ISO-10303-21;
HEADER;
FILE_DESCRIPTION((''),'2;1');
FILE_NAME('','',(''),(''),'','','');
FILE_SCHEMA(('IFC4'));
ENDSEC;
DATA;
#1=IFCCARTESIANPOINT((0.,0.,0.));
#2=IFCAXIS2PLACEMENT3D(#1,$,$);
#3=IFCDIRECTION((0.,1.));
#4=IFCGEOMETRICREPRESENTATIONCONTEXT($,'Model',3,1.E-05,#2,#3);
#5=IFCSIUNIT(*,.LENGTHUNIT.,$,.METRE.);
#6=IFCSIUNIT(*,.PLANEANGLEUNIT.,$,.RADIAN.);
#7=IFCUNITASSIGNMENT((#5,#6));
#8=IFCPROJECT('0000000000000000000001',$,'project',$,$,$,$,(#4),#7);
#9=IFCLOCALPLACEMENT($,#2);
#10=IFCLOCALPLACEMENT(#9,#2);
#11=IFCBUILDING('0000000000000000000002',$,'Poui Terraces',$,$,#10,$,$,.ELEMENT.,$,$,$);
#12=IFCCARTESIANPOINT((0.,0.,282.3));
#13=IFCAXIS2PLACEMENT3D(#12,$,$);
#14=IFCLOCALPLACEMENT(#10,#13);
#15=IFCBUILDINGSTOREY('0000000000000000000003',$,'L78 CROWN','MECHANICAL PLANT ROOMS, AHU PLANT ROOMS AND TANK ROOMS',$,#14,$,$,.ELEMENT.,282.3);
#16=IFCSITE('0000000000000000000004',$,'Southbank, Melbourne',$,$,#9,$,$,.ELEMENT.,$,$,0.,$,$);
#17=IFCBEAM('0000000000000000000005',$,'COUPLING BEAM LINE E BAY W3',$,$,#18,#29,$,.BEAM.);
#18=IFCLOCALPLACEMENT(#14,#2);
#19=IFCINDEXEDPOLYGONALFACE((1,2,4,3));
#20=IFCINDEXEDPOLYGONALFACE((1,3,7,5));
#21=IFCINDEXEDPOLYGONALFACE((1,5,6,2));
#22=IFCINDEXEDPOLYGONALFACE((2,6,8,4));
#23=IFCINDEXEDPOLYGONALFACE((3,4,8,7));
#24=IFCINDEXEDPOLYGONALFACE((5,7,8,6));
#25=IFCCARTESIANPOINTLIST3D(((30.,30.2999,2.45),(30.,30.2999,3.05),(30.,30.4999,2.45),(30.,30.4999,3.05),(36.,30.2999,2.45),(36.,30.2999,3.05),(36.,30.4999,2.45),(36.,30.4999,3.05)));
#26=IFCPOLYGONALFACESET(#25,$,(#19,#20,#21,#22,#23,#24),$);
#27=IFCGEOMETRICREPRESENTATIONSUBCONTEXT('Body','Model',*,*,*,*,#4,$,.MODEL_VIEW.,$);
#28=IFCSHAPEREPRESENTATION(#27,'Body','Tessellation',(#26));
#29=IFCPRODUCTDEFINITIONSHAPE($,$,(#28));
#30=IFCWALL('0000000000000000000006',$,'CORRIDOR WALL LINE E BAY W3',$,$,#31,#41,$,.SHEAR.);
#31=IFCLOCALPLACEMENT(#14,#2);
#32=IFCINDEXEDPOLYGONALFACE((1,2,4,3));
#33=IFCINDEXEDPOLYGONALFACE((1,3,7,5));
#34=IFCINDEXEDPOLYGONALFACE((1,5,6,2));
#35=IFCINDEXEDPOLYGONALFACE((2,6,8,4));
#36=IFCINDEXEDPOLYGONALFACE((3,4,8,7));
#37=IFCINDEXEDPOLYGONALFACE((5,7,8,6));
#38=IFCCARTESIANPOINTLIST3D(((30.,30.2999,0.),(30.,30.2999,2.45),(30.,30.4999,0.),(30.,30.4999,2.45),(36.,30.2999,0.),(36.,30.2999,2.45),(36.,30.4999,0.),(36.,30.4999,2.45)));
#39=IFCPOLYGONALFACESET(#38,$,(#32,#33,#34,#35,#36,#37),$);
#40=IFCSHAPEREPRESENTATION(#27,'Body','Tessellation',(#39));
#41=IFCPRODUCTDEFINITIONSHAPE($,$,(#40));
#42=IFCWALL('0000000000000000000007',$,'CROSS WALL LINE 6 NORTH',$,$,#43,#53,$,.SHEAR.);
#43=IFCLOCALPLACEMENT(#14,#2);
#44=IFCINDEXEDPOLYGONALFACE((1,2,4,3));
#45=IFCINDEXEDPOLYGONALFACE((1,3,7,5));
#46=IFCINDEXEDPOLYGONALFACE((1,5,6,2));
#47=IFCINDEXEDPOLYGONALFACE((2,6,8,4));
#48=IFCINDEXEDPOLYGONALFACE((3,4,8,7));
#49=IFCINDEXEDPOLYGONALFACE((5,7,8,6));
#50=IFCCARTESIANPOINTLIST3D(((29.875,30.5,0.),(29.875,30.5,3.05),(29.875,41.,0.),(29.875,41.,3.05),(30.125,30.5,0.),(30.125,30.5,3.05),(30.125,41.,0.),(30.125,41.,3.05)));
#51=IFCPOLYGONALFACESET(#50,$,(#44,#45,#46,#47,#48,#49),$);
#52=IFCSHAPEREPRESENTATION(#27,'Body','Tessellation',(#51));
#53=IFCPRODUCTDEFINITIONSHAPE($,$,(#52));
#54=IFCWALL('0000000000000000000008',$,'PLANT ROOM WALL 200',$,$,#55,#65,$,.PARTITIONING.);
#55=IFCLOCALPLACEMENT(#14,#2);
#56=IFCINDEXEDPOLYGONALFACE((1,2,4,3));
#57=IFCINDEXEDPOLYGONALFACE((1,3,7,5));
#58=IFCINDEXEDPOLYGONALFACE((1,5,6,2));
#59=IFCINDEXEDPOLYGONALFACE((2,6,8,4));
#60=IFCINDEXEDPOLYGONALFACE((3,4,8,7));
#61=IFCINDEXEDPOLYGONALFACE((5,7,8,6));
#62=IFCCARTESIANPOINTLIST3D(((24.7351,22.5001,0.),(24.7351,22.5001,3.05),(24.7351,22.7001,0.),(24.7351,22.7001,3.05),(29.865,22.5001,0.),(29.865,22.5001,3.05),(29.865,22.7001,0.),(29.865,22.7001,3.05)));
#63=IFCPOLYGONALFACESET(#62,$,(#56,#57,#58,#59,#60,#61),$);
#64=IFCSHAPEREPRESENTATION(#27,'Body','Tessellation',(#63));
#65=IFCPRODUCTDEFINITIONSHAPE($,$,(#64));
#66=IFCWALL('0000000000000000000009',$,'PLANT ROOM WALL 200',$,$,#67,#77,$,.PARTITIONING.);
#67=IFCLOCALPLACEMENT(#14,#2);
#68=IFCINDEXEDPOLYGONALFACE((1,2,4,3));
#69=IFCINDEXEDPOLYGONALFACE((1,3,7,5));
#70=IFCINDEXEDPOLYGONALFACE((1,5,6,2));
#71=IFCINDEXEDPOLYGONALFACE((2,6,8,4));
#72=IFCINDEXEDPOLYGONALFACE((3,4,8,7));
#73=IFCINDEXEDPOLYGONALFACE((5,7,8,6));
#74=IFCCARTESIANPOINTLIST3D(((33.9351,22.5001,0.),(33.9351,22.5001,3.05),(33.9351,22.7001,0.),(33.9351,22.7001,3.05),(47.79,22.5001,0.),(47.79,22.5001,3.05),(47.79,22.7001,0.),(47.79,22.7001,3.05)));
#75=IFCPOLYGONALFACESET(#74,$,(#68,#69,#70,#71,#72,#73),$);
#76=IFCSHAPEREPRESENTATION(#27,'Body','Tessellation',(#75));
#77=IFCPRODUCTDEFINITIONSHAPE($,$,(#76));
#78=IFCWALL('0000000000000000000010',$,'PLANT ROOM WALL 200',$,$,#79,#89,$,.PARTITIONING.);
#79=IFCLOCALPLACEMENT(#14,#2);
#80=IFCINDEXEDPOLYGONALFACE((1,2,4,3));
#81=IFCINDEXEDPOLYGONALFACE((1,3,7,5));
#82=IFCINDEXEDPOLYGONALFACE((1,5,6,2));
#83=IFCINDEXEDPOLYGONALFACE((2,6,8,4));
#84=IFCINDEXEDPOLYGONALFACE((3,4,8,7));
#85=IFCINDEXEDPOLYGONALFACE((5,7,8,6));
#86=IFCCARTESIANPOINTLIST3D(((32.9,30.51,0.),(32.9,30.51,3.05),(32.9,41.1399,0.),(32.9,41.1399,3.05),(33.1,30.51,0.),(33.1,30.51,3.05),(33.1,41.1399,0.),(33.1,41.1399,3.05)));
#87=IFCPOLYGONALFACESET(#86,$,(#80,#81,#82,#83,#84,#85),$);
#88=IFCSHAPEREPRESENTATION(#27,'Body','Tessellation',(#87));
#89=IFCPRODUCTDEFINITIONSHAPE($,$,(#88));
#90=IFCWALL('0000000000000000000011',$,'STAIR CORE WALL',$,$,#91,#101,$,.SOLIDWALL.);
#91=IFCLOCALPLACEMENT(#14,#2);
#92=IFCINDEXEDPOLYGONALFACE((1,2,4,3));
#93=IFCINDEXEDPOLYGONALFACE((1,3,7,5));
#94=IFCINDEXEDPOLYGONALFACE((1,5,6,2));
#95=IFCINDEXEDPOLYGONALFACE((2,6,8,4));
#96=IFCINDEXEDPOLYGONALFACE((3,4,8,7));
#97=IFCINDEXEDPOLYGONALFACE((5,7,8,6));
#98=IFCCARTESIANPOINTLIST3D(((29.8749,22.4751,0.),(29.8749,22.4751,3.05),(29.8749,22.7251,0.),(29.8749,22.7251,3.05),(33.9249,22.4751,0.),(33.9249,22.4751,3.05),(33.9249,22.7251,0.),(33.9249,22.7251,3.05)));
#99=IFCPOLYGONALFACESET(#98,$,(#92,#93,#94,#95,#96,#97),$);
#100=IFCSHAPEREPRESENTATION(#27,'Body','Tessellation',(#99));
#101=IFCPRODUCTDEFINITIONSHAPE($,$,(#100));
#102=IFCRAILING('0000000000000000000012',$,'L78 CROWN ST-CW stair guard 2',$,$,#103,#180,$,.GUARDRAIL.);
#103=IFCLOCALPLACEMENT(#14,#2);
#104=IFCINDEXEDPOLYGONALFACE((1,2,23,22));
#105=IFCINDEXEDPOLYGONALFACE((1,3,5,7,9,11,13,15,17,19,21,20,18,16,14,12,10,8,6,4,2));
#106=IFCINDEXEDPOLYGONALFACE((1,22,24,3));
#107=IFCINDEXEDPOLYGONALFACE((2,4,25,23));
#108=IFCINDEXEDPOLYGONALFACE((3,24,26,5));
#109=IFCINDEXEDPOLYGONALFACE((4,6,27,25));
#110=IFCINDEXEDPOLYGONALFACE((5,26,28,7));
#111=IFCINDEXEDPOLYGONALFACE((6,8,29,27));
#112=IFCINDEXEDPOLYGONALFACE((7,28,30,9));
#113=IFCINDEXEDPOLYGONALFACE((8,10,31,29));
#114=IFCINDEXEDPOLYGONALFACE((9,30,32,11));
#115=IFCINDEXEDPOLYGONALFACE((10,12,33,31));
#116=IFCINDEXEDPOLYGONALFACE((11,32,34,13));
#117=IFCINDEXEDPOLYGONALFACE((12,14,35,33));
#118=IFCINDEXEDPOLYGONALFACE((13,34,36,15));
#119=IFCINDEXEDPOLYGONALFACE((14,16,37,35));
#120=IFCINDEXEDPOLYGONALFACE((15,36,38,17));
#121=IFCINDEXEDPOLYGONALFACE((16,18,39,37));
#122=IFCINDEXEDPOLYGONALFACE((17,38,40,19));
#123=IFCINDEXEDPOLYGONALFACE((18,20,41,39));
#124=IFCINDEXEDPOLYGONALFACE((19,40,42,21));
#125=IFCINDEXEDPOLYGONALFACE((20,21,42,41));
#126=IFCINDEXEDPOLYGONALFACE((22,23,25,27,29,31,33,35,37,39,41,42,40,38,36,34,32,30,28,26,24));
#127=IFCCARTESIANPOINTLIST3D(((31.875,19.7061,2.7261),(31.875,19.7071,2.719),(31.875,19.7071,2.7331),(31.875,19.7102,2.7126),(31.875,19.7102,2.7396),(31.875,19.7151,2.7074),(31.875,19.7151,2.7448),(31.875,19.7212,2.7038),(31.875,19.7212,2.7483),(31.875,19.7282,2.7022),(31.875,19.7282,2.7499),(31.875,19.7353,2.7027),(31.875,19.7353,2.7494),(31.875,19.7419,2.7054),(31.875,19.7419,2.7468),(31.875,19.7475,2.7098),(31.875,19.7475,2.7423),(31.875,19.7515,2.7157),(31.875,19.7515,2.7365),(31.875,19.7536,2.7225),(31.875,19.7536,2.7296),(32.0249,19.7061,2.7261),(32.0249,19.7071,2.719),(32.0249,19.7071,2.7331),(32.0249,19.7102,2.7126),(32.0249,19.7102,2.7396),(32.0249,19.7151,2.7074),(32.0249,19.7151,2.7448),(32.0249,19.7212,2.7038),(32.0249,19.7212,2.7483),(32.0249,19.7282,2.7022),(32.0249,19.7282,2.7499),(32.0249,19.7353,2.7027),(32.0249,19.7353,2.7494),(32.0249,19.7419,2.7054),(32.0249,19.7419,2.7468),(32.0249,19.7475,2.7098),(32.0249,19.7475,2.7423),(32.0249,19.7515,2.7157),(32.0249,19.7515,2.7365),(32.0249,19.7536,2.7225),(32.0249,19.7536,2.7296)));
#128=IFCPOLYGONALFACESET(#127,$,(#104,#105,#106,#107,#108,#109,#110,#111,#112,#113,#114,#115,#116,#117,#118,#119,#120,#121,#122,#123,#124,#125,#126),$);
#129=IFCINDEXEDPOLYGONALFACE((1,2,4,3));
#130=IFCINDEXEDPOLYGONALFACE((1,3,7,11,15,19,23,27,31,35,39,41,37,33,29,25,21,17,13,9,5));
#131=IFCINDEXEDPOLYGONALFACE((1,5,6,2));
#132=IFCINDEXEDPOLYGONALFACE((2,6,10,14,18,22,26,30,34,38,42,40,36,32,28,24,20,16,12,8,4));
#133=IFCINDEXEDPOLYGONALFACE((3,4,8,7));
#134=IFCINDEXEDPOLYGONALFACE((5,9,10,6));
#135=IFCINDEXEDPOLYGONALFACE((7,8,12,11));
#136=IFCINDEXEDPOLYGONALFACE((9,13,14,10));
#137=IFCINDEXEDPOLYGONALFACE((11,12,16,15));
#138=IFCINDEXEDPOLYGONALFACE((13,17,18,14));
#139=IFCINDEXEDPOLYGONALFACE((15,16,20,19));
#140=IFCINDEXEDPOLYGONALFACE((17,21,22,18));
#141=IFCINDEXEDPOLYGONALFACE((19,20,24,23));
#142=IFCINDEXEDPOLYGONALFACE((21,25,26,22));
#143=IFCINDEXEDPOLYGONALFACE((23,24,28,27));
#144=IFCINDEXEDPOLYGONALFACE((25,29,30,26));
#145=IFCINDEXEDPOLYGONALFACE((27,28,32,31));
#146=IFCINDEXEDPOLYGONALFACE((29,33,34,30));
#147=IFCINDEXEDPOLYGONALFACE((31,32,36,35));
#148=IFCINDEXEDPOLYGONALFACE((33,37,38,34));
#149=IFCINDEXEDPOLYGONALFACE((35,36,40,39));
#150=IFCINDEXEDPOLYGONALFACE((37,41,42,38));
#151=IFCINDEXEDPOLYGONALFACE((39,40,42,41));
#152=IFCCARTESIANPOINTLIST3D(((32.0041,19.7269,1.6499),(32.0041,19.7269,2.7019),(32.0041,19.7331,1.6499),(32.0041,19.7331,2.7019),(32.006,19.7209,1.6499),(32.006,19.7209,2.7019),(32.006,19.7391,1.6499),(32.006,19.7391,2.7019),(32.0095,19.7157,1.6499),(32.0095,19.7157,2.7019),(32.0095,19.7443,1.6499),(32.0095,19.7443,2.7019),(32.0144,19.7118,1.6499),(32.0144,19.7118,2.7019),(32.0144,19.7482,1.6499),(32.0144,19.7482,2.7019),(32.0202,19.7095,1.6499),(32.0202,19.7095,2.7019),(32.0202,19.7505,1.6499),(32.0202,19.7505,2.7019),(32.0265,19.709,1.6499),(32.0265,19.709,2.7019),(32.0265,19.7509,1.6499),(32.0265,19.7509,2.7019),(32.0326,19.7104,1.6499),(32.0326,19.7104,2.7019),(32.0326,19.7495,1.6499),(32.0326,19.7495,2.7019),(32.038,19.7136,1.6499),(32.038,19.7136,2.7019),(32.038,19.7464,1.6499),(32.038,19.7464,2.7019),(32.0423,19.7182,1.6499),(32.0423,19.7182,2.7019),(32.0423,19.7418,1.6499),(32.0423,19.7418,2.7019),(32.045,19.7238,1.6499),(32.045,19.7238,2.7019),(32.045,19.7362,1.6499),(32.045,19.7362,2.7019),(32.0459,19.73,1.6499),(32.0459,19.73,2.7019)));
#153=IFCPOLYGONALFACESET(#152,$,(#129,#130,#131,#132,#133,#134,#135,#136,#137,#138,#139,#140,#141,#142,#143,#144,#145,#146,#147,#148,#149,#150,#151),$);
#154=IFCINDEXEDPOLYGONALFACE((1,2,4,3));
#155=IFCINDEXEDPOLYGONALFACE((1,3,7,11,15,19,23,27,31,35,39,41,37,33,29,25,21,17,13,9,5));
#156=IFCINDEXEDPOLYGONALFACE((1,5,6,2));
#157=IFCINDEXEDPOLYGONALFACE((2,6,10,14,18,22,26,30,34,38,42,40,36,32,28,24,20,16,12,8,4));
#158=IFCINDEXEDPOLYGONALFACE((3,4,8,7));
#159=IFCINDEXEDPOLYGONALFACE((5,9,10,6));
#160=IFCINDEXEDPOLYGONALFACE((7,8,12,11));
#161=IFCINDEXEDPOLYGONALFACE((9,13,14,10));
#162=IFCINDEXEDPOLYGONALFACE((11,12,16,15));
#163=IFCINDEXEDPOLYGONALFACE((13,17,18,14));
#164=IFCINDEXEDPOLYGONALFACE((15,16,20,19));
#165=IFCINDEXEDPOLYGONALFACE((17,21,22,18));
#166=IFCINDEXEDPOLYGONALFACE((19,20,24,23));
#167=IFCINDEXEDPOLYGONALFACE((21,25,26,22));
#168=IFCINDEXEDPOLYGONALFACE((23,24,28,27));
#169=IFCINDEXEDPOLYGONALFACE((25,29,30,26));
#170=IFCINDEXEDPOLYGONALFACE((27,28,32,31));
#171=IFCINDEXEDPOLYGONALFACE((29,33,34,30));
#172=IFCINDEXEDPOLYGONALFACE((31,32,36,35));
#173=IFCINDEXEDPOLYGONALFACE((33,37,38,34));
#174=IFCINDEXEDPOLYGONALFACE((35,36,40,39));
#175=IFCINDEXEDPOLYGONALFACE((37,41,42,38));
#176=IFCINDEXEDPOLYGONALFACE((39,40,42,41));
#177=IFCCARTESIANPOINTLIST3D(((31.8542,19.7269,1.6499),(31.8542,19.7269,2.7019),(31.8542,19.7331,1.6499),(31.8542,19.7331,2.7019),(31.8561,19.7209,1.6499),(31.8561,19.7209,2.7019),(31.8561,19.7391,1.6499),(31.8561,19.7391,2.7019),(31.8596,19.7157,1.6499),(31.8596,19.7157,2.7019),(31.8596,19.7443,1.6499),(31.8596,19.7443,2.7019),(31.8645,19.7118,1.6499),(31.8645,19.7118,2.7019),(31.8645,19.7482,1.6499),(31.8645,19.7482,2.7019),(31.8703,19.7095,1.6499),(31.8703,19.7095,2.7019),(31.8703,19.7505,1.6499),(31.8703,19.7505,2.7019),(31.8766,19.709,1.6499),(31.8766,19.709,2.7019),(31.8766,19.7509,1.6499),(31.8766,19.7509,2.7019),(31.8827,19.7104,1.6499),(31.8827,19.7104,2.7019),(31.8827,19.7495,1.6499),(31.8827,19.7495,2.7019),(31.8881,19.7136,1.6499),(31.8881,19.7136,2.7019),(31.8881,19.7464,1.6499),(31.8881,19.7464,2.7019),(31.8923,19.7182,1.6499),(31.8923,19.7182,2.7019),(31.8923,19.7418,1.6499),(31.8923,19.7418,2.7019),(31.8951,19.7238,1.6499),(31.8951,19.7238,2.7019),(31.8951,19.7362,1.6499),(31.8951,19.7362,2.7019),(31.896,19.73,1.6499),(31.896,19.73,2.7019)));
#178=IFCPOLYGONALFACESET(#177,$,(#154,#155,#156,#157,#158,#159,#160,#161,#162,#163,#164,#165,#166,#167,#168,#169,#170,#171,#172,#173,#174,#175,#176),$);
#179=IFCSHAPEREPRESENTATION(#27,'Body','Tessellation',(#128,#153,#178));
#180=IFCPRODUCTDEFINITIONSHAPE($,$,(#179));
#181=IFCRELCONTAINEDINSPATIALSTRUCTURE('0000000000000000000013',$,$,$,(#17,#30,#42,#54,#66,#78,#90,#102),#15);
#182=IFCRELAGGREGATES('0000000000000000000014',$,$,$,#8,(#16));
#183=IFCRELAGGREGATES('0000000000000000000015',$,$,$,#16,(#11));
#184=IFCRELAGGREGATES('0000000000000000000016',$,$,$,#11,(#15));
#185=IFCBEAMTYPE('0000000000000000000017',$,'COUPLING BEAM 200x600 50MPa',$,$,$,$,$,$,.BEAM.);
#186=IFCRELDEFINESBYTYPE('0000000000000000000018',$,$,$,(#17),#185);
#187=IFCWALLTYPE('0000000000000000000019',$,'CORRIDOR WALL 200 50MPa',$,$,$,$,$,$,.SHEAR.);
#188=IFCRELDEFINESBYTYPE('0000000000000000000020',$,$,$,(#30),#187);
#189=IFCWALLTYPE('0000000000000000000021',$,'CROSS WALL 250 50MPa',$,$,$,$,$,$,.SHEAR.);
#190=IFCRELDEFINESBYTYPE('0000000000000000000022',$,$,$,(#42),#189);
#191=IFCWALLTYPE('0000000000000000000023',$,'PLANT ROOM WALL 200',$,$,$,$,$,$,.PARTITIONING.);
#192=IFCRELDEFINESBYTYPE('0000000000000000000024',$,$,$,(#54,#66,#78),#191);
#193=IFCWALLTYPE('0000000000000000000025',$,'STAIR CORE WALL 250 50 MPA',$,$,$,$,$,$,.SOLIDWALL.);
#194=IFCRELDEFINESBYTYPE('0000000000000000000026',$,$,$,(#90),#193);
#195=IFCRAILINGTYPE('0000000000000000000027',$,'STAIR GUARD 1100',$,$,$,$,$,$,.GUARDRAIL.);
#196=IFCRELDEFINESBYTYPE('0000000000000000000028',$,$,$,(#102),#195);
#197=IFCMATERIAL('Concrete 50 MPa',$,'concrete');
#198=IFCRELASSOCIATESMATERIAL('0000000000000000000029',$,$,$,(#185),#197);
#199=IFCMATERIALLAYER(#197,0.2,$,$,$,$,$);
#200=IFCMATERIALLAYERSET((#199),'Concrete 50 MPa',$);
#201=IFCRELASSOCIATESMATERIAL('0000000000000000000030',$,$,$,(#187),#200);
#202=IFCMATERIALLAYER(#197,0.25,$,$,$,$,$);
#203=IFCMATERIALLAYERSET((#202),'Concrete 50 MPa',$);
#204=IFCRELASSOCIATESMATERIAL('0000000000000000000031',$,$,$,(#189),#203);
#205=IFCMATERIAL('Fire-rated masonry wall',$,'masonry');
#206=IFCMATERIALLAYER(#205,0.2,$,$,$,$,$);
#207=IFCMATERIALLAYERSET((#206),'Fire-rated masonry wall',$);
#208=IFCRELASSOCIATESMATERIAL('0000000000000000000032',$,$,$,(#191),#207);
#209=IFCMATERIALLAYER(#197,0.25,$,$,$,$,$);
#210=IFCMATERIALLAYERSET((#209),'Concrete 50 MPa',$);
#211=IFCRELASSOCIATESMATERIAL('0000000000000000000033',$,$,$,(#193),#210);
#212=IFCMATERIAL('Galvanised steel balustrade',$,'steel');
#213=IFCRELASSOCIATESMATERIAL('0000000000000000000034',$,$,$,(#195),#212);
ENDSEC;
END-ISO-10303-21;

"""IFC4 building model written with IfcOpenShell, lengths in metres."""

from ifc_helpers import new_model, si_unit, direction, frame, frame_2d, origin, origin_2d, place, context, subcontext, project, spatial, rectangle, circle, extrude, source, transform, mapped, material, layer, layer_set, material_profile, profile_set, type_object, element, save


model = new_model("IFC4")

# Units and contexts
model_context = context("Model", 3, precision=1e-05, world=origin(), true_north=direction((0.0, 1.0)))
body_context = subcontext(model_context, "Body", "Model", "MODEL_VIEW")
ifc_project = project(units=[si_unit("LENGTHUNIT", "METRE"), si_unit("PLANEANGLEUNIT", "RADIAN")], contexts=[model_context])

# Site, building, storey
site_placement = place(None, origin())
site = spatial("IfcSite", under=ifc_project, at=site_placement, Name="Southbank, Melbourne", CompositionType="ELEMENT", RefElevation=0.0)
building_placement = place(site_placement, origin())
building = spatial("IfcBuilding", under=site, at=building_placement, Name="Poui Terraces", CompositionType="ELEMENT")
storey_placement = place(building_placement, frame((0.0, 0.0, 282.3)))
storey = spatial("IfcBuildingStorey", under=building, at=storey_placement, Name="L78 CROWN", Description="MECHANICAL PLANT ROOMS, AHU PLANT ROOMS AND TANK ROOMS", CompositionType="ELEMENT", Elevation=282.3)

# Beam
ifc_material_1 = material(Name="Concrete 50 MPa", Category="concrete")
ifc_material_profile_1 = material_profile(ifc_material_1, rectangle(XDim=0.2, YDim=0.6001, at=origin_2d()), Name="RC 200x600")
ifc_profile_set_1 = profile_set([ifc_material_profile_1], Name="Concrete 50 MPa")
beam_type = type_object("IfcBeamType", Name="COUPLING BEAM 200x600 50MPa", PredefinedType="BEAM", material=ifc_profile_set_1)
shared_shape_1 = source(origin(), body_context, "Body", "SweptSolid", [
    extrude(rectangle(XDim=0.2, YDim=0.6001, at=origin_2d()), origin(), (0.0, 0.0, 1.0), 6.0),
])
beam_placement = place(storey_placement, frame((30.0, 30.3999, 2.75), z_axis=(1.0, 0.0, 0.0), x_axis=(0.0, 1.0, 0.0)))
element("IfcBeam", 1, at=beam_placement, inside=storey, type_object=beam_type, Name="COUPLING BEAM LINE E BAY W3", PredefinedType="BEAM", context=body_context, shape_type="MappedRepresentation", body=[
    mapped(shared_shape_1, transform((0.0, 0.0, 0.0))),
])

# Walls
ifc_layer_1 = layer(ifc_material_1, 0.2)
ifc_layer_set_1 = layer_set([ifc_layer_1], Name="Concrete 50 MPa")
wall_type_1 = type_object("IfcWallType", Name="CORRIDOR WALL 200 50MPa", PredefinedType="SHEAR", material=ifc_layer_set_1)
wall_1_placement = place(storey_placement, frame((30.0, 30.3999, 0.0), z_axis=(0.0, 0.0, 1.0), x_axis=(1.0, 0.0, 0.0)))
element("IfcWall", 2, at=wall_1_placement, inside=storey, type_object=wall_type_1, Name="CORRIDOR WALL LINE E BAY W3", PredefinedType="SHEAR", context=body_context, shape_type="SweptSolid", body=[
    extrude(rectangle(XDim=6.0, YDim=0.2, at=frame_2d((3.0, 0.0))), origin(), (0.0, 0.0, 1.0), 2.45),
])
ifc_layer_2 = layer(ifc_material_1, 0.25)
ifc_layer_set_2 = layer_set([ifc_layer_2], Name="Concrete 50 MPa")
wall_type_2 = type_object("IfcWallType", Name="CROSS WALL 250 50MPa", PredefinedType="SHEAR", material=ifc_layer_set_2)
wall_2_placement = place(storey_placement, frame((30.0, 30.5, 0.0), z_axis=(0.0, 0.0, 1.0), x_axis=(0.0, 1.0, 0.0)))
element("IfcWall", 3, at=wall_2_placement, inside=storey, type_object=wall_type_2, Name="CROSS WALL LINE 6 NORTH", PredefinedType="SHEAR", context=body_context, shape_type="SweptSolid", body=[
    extrude(rectangle(XDim=10.5, YDim=0.25, at=frame_2d((5.25, 0.0))), origin(), (0.0, 0.0, 1.0), 3.05),
])
ifc_material_2 = material(Name="Fire-rated masonry wall", Category="masonry")
ifc_layer_3 = layer(ifc_material_2, 0.2)
ifc_layer_set_3 = layer_set([ifc_layer_3], Name="Fire-rated masonry wall")
wall_type_3 = type_object("IfcWallType", Name="PLANT ROOM WALL 200", PredefinedType="PARTITIONING", material=ifc_layer_set_3)
wall_3_placement = place(storey_placement, frame((24.7351, 22.6001, 0.0), z_axis=(0.0, 0.0, 1.0), x_axis=(1.0, 0.0, 0.0)))
element("IfcWall", 4, at=wall_3_placement, inside=storey, type_object=wall_type_3, Name="PLANT ROOM WALL 200", PredefinedType="PARTITIONING", context=body_context, shape_type="SweptSolid", body=[
    extrude(rectangle(XDim=5.1299, YDim=0.2, at=frame_2d((2.5649, 0.0))), origin(), (0.0, 0.0, 1.0), 3.05),
])
wall_4_placement = place(storey_placement, frame((33.9351, 22.6001, 0.0), z_axis=(0.0, 0.0, 1.0), x_axis=(1.0, 0.0, 0.0)))
element("IfcWall", 5, at=wall_4_placement, inside=storey, type_object=wall_type_3, Name="PLANT ROOM WALL 200", PredefinedType="PARTITIONING", context=body_context, shape_type="SweptSolid", body=[
    extrude(rectangle(XDim=13.855, YDim=0.2, at=frame_2d((6.9275, 0.0))), origin(), (0.0, 0.0, 1.0), 3.05),
])
wall_5_placement = place(storey_placement, frame((33.0, 30.51, 0.0), z_axis=(0.0, 0.0, 1.0), x_axis=(0.0, 1.0, 0.0)))
element("IfcWall", 6, at=wall_5_placement, inside=storey, type_object=wall_type_3, Name="PLANT ROOM WALL 200", PredefinedType="PARTITIONING", context=body_context, shape_type="SweptSolid", body=[
    extrude(rectangle(XDim=10.6299, YDim=0.2, at=frame_2d((5.3149, 0.0))), origin(), (0.0, 0.0, 1.0), 3.05),
])
ifc_layer_4 = layer(ifc_material_1, 0.25)
ifc_layer_set_4 = layer_set([ifc_layer_4], Name="Concrete 50 MPa")
wall_type_4 = type_object("IfcWallType", Name="STAIR CORE WALL 250 50 MPA", PredefinedType="SOLIDWALL", material=ifc_layer_set_4)
wall_6_placement = place(storey_placement, frame((29.875, 22.6001, 0.0), z_axis=(0.0, 0.0, 1.0), x_axis=(1.0, 0.0, 0.0)))
element("IfcWall", 7, at=wall_6_placement, inside=storey, type_object=wall_type_4, Name="STAIR CORE WALL", PredefinedType="SOLIDWALL", context=body_context, shape_type="SweptSolid", body=[
    extrude(rectangle(XDim=4.05, YDim=0.25, at=frame_2d((2.0249, 0.0))), origin(), (0.0, 0.0, 1.0), 3.05),
])

# Railing
ifc_material_3 = material(Name="Galvanised steel balustrade", Category="steel")
railing_type = type_object("IfcRailingType", Name="STAIR GUARD 1100", PredefinedType="GUARDRAIL", material=ifc_material_3)
railing_1_placement = place(storey_placement, frame((32.0249, 19.73, 1.6499)))
element("IfcRailing", 8, at=railing_1_placement, inside=storey, type_object=railing_type, Name="L78 CROWN ST-CW stair guard 2", PredefinedType="GUARDRAIL", context=body_context, shape_type="SweptSolid", body=[
    extrude(circle(Radius=0.0239, at=origin_2d()), frame((0.0, 0.0, 1.0762), z_axis=(-1.0, 0.0, 0.0), x_axis=(0.0, -1.0, 0.0)), (0.0, 0.0, 1.0), 0.1499),
    extrude(circle(Radius=0.021, at=origin_2d()), origin(), (0.0, 0.0, 1.0), 1.052),
    extrude(circle(Radius=0.021, at=origin_2d()), frame((-0.1499, 0.0, 0.0)), (0.0, 0.0, 1.0), 1.052),
])

save(model, "model.ifc")
